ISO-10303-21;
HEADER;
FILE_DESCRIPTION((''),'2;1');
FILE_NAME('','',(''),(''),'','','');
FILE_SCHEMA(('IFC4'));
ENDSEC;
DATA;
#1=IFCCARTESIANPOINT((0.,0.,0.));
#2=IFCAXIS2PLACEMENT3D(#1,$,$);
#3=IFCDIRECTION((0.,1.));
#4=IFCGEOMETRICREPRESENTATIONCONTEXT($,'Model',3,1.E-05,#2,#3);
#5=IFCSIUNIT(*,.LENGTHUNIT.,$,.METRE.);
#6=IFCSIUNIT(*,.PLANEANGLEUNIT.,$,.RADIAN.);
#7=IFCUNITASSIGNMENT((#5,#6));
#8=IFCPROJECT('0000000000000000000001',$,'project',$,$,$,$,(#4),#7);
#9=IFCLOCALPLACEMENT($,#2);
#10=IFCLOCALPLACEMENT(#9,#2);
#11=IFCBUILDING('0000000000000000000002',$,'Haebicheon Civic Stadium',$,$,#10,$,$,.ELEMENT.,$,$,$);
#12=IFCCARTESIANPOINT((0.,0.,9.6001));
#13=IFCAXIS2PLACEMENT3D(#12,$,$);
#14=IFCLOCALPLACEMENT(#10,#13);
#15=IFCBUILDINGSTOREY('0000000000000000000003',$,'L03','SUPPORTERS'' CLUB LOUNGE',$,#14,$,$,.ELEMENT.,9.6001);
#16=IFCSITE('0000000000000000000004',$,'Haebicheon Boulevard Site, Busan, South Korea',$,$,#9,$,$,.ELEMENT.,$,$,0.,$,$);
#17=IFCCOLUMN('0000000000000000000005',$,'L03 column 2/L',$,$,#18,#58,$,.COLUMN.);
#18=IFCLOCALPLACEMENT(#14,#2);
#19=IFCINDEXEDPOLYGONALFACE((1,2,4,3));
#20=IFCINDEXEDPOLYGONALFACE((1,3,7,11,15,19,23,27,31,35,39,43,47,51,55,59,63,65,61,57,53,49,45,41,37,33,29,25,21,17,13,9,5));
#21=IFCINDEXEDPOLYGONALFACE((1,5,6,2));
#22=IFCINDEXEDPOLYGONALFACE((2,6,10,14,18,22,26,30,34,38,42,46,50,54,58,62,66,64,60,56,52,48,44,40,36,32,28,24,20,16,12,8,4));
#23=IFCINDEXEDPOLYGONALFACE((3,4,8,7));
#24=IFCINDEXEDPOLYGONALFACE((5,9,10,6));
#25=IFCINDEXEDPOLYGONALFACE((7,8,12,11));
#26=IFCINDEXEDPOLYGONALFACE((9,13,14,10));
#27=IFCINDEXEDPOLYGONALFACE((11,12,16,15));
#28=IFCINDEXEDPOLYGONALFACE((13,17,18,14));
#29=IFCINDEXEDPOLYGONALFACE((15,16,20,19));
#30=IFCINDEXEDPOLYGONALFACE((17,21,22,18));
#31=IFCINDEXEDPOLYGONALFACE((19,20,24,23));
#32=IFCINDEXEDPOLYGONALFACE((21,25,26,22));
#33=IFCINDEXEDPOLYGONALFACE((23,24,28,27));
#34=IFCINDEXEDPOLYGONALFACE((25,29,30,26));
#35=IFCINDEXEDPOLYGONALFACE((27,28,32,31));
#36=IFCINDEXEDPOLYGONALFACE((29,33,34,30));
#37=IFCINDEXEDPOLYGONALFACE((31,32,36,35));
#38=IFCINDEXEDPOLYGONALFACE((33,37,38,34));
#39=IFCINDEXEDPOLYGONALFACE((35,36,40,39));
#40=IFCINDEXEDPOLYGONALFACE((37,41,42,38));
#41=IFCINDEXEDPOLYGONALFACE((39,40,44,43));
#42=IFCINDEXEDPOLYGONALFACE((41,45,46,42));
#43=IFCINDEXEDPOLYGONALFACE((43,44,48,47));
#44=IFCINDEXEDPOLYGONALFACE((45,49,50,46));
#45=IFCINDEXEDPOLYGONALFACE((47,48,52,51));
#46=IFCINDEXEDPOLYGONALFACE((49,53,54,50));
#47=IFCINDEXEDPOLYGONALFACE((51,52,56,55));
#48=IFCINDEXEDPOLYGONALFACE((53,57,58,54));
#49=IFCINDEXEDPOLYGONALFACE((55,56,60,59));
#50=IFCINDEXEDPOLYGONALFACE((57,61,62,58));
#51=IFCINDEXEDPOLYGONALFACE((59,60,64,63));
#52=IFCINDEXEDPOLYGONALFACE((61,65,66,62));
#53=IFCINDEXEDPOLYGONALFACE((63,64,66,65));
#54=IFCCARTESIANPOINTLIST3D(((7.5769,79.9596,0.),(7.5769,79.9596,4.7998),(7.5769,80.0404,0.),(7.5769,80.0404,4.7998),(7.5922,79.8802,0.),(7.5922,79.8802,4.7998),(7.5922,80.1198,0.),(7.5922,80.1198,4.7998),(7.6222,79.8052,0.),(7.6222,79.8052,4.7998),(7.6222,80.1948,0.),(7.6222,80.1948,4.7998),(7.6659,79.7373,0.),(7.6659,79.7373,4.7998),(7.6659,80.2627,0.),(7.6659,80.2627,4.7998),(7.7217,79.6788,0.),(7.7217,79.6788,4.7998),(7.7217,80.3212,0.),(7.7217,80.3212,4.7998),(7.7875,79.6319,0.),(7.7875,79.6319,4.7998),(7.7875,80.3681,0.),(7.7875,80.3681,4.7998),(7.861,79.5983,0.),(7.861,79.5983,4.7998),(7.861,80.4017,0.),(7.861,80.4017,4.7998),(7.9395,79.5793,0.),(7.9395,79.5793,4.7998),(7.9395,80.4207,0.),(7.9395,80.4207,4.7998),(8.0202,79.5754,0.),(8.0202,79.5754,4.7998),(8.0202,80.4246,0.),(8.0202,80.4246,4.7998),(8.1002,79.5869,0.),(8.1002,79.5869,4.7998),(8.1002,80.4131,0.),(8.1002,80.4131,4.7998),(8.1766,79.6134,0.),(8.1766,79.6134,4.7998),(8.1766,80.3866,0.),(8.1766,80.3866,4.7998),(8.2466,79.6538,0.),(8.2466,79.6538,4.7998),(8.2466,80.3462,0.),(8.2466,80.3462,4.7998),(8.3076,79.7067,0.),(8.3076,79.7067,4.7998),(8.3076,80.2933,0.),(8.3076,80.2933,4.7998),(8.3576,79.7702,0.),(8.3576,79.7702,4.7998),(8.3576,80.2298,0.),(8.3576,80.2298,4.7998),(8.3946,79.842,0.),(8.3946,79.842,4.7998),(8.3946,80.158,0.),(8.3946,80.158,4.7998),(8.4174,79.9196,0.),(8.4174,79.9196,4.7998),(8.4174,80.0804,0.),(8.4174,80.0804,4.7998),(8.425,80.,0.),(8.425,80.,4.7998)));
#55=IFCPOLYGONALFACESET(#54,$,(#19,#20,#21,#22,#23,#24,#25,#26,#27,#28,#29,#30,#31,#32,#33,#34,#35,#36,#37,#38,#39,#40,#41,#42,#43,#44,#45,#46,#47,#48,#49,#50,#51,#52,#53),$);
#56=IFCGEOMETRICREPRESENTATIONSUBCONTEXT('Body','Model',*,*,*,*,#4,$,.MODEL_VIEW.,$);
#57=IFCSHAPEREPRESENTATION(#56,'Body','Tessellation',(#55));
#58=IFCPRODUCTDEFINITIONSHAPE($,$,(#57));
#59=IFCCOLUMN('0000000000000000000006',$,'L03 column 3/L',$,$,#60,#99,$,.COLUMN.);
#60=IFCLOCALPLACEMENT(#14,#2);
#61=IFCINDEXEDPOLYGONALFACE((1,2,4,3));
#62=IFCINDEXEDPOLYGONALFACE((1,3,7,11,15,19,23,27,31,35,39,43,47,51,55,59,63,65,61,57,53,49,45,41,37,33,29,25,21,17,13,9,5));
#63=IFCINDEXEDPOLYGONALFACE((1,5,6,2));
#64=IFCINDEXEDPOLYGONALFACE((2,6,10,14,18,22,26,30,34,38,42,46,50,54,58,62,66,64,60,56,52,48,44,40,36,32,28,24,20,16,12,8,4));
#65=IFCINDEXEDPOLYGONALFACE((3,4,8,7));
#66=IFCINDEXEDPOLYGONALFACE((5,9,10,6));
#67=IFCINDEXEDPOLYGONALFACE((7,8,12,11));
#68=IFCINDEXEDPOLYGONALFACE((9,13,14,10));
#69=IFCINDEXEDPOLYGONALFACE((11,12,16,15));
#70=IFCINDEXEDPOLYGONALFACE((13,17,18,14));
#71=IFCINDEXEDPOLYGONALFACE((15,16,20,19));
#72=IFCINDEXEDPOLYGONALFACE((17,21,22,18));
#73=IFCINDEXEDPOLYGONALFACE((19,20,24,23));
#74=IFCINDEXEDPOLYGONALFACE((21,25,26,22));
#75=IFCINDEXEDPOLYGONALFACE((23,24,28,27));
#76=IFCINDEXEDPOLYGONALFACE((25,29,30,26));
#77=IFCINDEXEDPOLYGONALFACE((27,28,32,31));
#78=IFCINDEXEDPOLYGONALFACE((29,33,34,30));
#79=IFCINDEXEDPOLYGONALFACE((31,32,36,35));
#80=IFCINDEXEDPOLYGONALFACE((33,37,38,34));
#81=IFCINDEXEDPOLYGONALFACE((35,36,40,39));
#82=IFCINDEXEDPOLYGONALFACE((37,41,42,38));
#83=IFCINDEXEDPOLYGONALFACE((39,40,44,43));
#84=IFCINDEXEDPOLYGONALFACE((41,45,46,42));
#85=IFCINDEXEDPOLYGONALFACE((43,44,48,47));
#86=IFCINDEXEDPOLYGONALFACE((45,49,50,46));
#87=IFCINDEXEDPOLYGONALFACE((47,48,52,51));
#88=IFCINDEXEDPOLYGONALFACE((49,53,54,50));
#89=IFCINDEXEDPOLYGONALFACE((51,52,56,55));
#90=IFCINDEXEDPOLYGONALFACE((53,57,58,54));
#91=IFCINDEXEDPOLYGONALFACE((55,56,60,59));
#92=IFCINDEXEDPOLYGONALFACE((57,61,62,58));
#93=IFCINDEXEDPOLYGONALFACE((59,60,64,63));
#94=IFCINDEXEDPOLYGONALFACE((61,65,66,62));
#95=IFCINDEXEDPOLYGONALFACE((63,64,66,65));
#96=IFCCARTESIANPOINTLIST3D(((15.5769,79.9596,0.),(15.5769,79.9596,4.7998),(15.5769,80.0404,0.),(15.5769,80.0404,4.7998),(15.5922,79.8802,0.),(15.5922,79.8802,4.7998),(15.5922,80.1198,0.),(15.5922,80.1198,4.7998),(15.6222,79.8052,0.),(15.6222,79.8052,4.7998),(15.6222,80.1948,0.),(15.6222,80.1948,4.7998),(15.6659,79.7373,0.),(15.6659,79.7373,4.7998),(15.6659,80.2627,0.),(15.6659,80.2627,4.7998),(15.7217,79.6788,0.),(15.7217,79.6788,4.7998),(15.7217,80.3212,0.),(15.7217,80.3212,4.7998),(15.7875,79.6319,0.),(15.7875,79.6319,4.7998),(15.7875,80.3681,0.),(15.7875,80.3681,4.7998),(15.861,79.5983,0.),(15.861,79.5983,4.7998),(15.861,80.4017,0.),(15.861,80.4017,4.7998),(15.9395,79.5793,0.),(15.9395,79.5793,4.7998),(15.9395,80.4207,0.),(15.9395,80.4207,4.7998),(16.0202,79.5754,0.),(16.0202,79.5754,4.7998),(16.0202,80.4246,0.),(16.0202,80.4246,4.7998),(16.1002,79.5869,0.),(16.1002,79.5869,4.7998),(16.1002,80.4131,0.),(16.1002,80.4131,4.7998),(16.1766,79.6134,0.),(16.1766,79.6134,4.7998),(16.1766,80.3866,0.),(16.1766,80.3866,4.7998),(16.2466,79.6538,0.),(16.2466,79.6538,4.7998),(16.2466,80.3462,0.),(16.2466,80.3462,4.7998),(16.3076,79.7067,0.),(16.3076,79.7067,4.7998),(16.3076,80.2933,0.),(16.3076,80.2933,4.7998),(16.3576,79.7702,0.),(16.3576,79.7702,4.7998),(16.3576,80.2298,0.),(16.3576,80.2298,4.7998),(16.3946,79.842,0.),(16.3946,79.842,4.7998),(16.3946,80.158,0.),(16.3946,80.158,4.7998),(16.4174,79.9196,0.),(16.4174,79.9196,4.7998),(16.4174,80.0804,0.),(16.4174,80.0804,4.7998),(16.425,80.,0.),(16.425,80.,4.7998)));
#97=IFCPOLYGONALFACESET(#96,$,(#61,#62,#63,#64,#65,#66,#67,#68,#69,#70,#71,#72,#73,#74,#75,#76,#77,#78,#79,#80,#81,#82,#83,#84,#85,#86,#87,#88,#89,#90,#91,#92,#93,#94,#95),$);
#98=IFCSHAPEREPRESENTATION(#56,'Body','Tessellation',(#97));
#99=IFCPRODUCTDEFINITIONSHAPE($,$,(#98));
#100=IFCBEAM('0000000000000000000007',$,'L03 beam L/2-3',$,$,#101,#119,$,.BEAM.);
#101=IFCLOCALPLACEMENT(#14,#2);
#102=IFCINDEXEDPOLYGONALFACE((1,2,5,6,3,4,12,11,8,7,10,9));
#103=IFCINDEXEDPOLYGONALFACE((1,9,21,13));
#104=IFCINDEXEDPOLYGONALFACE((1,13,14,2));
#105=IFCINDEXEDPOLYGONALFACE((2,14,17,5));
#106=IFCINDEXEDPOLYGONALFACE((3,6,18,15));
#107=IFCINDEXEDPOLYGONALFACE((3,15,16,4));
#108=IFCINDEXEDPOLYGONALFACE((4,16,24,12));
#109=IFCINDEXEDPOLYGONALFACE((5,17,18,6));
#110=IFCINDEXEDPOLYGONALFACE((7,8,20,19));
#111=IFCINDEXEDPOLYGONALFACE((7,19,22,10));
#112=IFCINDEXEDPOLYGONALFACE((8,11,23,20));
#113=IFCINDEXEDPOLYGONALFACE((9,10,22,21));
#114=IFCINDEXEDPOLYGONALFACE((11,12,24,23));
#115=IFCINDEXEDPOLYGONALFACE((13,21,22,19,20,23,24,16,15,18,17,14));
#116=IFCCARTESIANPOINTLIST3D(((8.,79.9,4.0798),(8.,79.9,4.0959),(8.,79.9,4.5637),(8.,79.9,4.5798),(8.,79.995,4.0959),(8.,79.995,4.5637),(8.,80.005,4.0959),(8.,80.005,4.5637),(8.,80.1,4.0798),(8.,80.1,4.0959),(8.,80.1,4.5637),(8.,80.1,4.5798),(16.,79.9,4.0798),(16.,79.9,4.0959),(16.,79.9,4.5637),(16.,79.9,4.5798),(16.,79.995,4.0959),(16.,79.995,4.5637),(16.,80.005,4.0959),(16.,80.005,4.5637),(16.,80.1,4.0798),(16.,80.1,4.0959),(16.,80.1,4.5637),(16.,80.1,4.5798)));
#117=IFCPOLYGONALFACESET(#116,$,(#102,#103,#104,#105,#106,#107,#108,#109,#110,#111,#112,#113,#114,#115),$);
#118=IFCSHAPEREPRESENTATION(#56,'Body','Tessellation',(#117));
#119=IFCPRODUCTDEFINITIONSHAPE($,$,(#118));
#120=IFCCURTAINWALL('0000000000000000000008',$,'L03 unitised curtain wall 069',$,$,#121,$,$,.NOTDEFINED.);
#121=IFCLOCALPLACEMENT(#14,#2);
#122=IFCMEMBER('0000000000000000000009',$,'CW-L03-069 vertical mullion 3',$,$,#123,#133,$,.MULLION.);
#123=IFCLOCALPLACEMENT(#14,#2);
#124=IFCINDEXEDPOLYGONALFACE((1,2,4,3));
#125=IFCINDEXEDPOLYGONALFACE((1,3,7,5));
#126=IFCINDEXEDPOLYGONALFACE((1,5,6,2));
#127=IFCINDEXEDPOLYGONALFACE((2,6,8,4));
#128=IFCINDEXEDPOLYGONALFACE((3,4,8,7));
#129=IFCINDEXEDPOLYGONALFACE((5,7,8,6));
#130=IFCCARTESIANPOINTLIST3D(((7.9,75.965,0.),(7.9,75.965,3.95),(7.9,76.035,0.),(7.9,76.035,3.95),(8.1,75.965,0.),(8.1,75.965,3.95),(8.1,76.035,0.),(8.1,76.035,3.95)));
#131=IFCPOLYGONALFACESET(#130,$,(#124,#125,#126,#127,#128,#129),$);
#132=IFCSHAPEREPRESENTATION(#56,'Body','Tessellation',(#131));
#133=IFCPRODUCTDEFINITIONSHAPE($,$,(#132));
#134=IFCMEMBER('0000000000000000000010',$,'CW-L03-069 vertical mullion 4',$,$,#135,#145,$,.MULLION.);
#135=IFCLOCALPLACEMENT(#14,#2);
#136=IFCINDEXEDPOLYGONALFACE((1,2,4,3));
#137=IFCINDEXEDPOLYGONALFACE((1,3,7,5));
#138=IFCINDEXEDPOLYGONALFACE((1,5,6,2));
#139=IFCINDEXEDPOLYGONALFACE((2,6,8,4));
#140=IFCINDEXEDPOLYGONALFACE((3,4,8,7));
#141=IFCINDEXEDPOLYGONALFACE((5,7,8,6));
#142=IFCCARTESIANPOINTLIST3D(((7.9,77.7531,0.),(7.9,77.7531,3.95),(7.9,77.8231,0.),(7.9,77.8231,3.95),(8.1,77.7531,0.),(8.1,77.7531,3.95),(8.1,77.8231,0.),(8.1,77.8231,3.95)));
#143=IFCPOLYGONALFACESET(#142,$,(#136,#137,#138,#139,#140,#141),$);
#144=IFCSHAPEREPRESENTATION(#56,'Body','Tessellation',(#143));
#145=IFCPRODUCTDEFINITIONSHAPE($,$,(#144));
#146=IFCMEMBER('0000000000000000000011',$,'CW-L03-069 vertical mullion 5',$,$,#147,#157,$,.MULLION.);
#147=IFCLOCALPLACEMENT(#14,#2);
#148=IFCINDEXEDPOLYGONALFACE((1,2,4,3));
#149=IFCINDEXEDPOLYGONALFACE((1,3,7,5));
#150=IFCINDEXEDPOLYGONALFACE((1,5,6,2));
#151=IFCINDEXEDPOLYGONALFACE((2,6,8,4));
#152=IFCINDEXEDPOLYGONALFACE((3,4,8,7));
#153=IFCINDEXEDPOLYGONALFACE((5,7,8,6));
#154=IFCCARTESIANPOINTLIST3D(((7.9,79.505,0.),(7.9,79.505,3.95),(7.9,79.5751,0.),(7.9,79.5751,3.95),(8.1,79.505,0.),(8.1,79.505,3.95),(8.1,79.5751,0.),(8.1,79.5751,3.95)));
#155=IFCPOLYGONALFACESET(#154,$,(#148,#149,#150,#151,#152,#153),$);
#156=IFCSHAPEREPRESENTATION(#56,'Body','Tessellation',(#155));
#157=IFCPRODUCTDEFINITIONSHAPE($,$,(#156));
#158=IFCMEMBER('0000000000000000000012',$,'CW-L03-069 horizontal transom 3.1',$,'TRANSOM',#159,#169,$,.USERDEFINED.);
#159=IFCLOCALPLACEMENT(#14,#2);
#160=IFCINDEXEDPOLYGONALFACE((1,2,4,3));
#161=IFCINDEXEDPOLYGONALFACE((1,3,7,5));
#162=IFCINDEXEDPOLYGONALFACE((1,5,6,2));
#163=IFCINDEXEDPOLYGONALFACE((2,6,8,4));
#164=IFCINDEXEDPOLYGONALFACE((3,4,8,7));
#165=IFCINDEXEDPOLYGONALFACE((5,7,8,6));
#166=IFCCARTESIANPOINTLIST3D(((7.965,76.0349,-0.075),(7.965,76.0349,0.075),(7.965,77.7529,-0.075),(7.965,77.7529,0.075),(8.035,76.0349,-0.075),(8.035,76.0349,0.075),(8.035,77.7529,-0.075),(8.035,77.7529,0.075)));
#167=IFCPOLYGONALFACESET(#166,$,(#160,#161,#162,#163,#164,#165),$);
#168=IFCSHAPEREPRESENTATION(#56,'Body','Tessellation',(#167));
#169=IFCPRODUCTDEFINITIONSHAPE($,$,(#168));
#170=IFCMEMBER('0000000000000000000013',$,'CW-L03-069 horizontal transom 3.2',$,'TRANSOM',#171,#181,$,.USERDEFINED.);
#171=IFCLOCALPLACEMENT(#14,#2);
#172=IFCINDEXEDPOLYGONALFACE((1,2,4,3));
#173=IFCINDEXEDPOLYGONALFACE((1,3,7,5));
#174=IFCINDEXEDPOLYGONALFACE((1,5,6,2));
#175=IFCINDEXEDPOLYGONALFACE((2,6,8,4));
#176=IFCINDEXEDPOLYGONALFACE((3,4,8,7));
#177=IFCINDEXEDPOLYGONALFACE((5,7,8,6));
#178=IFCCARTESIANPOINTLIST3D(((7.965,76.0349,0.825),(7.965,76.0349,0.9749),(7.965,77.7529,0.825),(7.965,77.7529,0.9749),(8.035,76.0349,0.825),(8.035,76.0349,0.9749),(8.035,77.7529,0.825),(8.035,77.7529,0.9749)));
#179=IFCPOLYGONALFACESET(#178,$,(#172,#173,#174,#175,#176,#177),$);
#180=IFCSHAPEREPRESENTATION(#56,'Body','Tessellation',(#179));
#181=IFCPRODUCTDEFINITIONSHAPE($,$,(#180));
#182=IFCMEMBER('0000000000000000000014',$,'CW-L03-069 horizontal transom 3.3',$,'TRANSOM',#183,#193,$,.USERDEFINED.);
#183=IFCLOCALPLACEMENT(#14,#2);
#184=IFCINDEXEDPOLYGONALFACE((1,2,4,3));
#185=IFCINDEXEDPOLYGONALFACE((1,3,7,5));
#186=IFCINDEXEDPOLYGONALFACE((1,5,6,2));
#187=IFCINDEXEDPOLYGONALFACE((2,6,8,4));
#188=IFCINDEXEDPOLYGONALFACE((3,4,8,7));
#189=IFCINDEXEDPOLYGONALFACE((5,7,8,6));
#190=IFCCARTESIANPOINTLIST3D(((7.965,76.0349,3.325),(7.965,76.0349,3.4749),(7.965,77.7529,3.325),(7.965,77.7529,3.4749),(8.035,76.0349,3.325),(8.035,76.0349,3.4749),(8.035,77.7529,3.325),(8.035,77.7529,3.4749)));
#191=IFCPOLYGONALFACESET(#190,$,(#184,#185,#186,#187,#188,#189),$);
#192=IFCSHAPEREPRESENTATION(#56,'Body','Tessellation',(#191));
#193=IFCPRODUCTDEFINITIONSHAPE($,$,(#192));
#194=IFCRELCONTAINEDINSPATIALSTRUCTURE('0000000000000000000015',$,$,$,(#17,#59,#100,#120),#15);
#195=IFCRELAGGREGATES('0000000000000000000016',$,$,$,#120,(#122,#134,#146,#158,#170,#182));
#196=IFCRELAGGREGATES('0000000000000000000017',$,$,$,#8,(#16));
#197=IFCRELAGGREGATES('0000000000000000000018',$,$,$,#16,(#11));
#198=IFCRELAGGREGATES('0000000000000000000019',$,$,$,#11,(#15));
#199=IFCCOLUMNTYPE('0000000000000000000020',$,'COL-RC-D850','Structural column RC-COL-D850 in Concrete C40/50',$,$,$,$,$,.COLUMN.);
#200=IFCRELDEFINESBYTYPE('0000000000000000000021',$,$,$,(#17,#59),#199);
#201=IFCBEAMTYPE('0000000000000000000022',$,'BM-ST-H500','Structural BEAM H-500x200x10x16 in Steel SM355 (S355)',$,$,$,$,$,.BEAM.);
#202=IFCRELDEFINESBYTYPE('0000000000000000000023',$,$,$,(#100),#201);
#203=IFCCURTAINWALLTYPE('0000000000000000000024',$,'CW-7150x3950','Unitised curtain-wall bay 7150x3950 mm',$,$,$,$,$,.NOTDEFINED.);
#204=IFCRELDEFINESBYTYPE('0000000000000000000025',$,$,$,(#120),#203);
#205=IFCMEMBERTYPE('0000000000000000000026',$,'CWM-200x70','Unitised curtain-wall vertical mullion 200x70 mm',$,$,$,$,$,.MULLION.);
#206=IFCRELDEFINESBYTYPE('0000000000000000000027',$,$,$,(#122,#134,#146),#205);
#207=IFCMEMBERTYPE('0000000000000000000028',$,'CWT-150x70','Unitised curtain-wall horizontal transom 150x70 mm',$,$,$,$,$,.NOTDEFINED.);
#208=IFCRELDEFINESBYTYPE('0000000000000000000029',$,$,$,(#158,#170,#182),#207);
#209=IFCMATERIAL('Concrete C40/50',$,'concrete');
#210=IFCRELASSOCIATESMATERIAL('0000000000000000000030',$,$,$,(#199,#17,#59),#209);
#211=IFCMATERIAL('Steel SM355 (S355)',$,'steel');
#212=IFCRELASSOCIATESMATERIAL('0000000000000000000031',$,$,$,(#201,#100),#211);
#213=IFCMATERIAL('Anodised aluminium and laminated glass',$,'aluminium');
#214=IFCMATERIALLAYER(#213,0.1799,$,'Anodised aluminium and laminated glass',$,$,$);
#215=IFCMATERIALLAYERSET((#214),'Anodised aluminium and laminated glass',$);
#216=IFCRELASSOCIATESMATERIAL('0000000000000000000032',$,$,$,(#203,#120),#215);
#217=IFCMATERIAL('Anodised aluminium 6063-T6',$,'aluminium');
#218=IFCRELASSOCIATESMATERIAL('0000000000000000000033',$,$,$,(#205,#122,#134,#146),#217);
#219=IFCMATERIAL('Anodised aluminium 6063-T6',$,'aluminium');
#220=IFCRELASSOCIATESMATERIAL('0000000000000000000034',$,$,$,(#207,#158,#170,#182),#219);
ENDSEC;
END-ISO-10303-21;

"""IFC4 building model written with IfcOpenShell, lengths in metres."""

from ifc_helpers import new_model, si_unit, direction, frame, origin, origin_2d, place, context, subcontext, project, spatial, rectangle, circle, i_section, extrude, material, layer, layer_set, material_profile, profile_set, type_object, element, aggregate, save


model = new_model("IFC4")

# Units and contexts
model_context = context("Model", 3, precision=1e-05, world=origin(), true_north=direction((0.0, 1.0)))
body_context = subcontext(model_context, "Body", "Model", "MODEL_VIEW")
ifc_project = project(units=[si_unit("LENGTHUNIT", "METRE"), si_unit("PLANEANGLEUNIT", "RADIAN")], contexts=[model_context])

# Site, building, storey
site_placement = place(None, origin())
site = spatial("IfcSite", under=ifc_project, at=site_placement, Name="Haebicheon Boulevard Site, Busan, South Korea", CompositionType="ELEMENT", RefElevation=0.0)
building_placement = place(site_placement, origin())
building = spatial("IfcBuilding", under=site, at=building_placement, Name="Haebicheon Civic Stadium", CompositionType="ELEMENT")
storey_placement = place(building_placement, frame((0.0, 0.0, 9.6001)))
storey = spatial("IfcBuildingStorey", under=building, at=storey_placement, Name="L03", Description="SUPPORTERS' CLUB LOUNGE", CompositionType="ELEMENT", Elevation=9.6001)

# Columns
ifc_material_1 = material(Name="Concrete C40/50", Category="concrete")
ifc_material_profile_1 = material_profile(ifc_material_1, circle(Radius=0.425, at=origin_2d()), Name="RC-COL-D850")
ifc_profile_set_1 = profile_set([ifc_material_profile_1], Name="Concrete C40/50")
column_type = type_object("IfcColumnType", Name="COL-RC-D850", Description="Structural column RC-COL-D850 in Concrete C40/50", PredefinedType="COLUMN", material=ifc_profile_set_1)
for number, where, z_axis, x_axis, name in (
    (1, (8.0, 80.0, 0.0), (0.0, 0.0, 1.0), (1.0, 0.0, 0.0), "L03 column 2/L"),
    (2, (16.0, 80.0, 0.0), (0.0, 0.0, 1.0), (1.0, 0.0, 0.0), "L03 column 3/L"),
):
    element("IfcColumn", number, at=place(storey_placement, frame(where, z_axis=z_axis, x_axis=x_axis)), inside=storey, type_object=column_type, material=ifc_profile_set_1, Name=name, PredefinedType="COLUMN", context=body_context, shape_type="SweptSolid", body=[
        extrude(circle(Radius=0.425, at=origin_2d()), origin(), (0.0, 0.0, 1.0), 4.7998),
    ])

# Beam
ifc_material_2 = material(Name="Steel SM355 (S355)", Category="steel")
ifc_material_profile_2 = material_profile(ifc_material_2, i_section(OverallWidth=0.2, OverallDepth=0.5, WebThickness=0.01, FlangeThickness=0.0161, at=origin_2d()), Name="H-500x200x10x16")
ifc_profile_set_2 = profile_set([ifc_material_profile_2], Name="Steel SM355 (S355)")
beam_type_1 = type_object("IfcBeamType", Name="BM-ST-H500", Description="Structural BEAM H-500x200x10x16 in Steel SM355 (S355)", PredefinedType="BEAM", material=ifc_profile_set_2)
beam_1_placement = place(storey_placement, frame((8.0, 80.0, 4.3298), z_axis=(1.0, 0.0, 0.0), x_axis=(0.0, 1.0, 0.0)))
element("IfcBeam", 3, at=beam_1_placement, inside=storey, type_object=beam_type_1, material=ifc_profile_set_2, Name="L03 beam L/2-3", PredefinedType="BEAM", context=body_context, shape_type="SweptSolid", body=[
    extrude(i_section(OverallWidth=0.2, OverallDepth=0.5, WebThickness=0.01, FlangeThickness=0.0161, at=origin_2d()), origin(), (0.0, 0.0, 1.0), 8.0),
])

# Curtain wall, members
ifc_material_3 = material(Name="Anodised aluminium and laminated glass", Category="aluminium")
ifc_layer_1 = layer(ifc_material_3, 0.1799, Name="Anodised aluminium and laminated glass")
ifc_layer_set_1 = layer_set([ifc_layer_1], Name="Anodised aluminium and laminated glass")
curtain_wall_type = type_object("IfcCurtainWallType", Name="CW-7150x3950", Description="Unitised curtain-wall bay 7150x3950 mm", PredefinedType="NOTDEFINED", material=ifc_layer_set_1)
curtain_wall_placement = place(storey_placement, origin())
curtain_wall = element("IfcCurtainWall", 4, at=curtain_wall_placement, inside=storey, type_object=curtain_wall_type, material=ifc_layer_set_1, Name="L03 unitised curtain wall 069", PredefinedType="NOTDEFINED")
ifc_material_4 = material(Name="Anodised aluminium 6063-T6", Category="aluminium")
ifc_material_profile_3 = material_profile(ifc_material_4, rectangle(XDim=0.0701, YDim=0.2, at=origin_2d()), Name="ALU-MULL-70x200")
ifc_profile_set_3 = profile_set([ifc_material_profile_3], Name="Anodised aluminium 6063-T6")
member_type_1 = type_object("IfcMemberType", Name="CWM-200x70", Description="Unitised curtain-wall vertical mullion 200x70 mm", PredefinedType="MULLION", material=ifc_profile_set_3)
member_1_placement = place(storey_placement, frame((8.0, 76.0, 0.0), z_axis=(0.0, 0.0, 1.0), x_axis=(0.0, 1.0, 0.0)))
member_1 = element("IfcMember", 5, at=member_1_placement, type_object=member_type_1, material=ifc_profile_set_3, Name="CW-L03-069 vertical mullion 3", PredefinedType="MULLION", context=body_context, shape_type="SweptSolid", body=[
    extrude(rectangle(XDim=0.0701, YDim=0.2, at=origin_2d()), origin(), (0.0, 0.0, 1.0), 3.95),
])
member_2_placement = place(storey_placement, frame((8.0, 77.7881, 0.0), z_axis=(0.0, 0.0, 1.0), x_axis=(0.0, 1.0, 0.0)))
member_2 = element("IfcMember", 6, at=member_2_placement, type_object=member_type_1, material=ifc_profile_set_3, Name="CW-L03-069 vertical mullion 4", PredefinedType="MULLION", context=body_context, shape_type="SweptSolid", body=[
    extrude(rectangle(XDim=0.0701, YDim=0.2, at=origin_2d()), origin(), (0.0, 0.0, 1.0), 3.95),
])
member_3_placement = place(storey_placement, frame((8.0, 79.54, 0.0), z_axis=(0.0, 0.0, 1.0), x_axis=(0.0, 1.0, 0.0)))
member_3 = element("IfcMember", 7, at=member_3_placement, type_object=member_type_1, material=ifc_profile_set_3, Name="CW-L03-069 vertical mullion 5", PredefinedType="MULLION", context=body_context, shape_type="SweptSolid", body=[
    extrude(rectangle(XDim=0.0701, YDim=0.2, at=origin_2d()), origin(), (0.0, 0.0, 1.0), 3.95),
])
ifc_material_5 = material(Name="Anodised aluminium 6063-T6", Category="aluminium")
ifc_material_profile_4 = material_profile(ifc_material_5, rectangle(XDim=0.0701, YDim=0.1499, at=origin_2d()), Name="ALU-TRAN-70x150")
ifc_profile_set_4 = profile_set([ifc_material_profile_4], Name="Anodised aluminium 6063-T6")
member_type_2 = type_object("IfcMemberType", Name="CWT-150x70", Description="Unitised curtain-wall horizontal transom 150x70 mm", PredefinedType="NOTDEFINED", material=ifc_profile_set_4)
member_4_placement = place(storey_placement, frame((8.0, 76.0349, 0.0), z_axis=(0.0, 1.0, 0.0), x_axis=(-1.0, 0.0, 0.0)))
member_4 = element("IfcMember", 8, at=member_4_placement, type_object=member_type_2, material=ifc_profile_set_4, Name="CW-L03-069 horizontal transom 3.1", ObjectType="TRANSOM", PredefinedType="USERDEFINED", context=body_context, shape_type="SweptSolid", body=[
    extrude(rectangle(XDim=0.0701, YDim=0.1499, at=origin_2d()), origin(), (0.0, 0.0, 1.0), 1.718),
])
member_5_placement = place(storey_placement, frame((8.0, 76.0349, 0.8999), z_axis=(0.0, 1.0, 0.0), x_axis=(-1.0, 0.0, 0.0)))
member_5 = element("IfcMember", 9, at=member_5_placement, type_object=member_type_2, material=ifc_profile_set_4, Name="CW-L03-069 horizontal transom 3.2", ObjectType="TRANSOM", PredefinedType="USERDEFINED", context=body_context, shape_type="SweptSolid", body=[
    extrude(rectangle(XDim=0.0701, YDim=0.1499, at=origin_2d()), origin(), (0.0, 0.0, 1.0), 1.718),
])
member_6_placement = place(storey_placement, frame((8.0, 76.0349, 3.3999), z_axis=(0.0, 1.0, 0.0), x_axis=(-1.0, 0.0, 0.0)))
member_6 = element("IfcMember", 10, at=member_6_placement, type_object=member_type_2, material=ifc_profile_set_4, Name="CW-L03-069 horizontal transom 3.3", ObjectType="TRANSOM", PredefinedType="USERDEFINED", context=body_context, shape_type="SweptSolid", body=[
    extrude(rectangle(XDim=0.0701, YDim=0.1499, at=origin_2d()), origin(), (0.0, 0.0, 1.0), 1.718),
])

aggregate(curtain_wall, [member_1, member_2, member_3, member_4, member_5, member_6])

save(model, "model.ifc")
